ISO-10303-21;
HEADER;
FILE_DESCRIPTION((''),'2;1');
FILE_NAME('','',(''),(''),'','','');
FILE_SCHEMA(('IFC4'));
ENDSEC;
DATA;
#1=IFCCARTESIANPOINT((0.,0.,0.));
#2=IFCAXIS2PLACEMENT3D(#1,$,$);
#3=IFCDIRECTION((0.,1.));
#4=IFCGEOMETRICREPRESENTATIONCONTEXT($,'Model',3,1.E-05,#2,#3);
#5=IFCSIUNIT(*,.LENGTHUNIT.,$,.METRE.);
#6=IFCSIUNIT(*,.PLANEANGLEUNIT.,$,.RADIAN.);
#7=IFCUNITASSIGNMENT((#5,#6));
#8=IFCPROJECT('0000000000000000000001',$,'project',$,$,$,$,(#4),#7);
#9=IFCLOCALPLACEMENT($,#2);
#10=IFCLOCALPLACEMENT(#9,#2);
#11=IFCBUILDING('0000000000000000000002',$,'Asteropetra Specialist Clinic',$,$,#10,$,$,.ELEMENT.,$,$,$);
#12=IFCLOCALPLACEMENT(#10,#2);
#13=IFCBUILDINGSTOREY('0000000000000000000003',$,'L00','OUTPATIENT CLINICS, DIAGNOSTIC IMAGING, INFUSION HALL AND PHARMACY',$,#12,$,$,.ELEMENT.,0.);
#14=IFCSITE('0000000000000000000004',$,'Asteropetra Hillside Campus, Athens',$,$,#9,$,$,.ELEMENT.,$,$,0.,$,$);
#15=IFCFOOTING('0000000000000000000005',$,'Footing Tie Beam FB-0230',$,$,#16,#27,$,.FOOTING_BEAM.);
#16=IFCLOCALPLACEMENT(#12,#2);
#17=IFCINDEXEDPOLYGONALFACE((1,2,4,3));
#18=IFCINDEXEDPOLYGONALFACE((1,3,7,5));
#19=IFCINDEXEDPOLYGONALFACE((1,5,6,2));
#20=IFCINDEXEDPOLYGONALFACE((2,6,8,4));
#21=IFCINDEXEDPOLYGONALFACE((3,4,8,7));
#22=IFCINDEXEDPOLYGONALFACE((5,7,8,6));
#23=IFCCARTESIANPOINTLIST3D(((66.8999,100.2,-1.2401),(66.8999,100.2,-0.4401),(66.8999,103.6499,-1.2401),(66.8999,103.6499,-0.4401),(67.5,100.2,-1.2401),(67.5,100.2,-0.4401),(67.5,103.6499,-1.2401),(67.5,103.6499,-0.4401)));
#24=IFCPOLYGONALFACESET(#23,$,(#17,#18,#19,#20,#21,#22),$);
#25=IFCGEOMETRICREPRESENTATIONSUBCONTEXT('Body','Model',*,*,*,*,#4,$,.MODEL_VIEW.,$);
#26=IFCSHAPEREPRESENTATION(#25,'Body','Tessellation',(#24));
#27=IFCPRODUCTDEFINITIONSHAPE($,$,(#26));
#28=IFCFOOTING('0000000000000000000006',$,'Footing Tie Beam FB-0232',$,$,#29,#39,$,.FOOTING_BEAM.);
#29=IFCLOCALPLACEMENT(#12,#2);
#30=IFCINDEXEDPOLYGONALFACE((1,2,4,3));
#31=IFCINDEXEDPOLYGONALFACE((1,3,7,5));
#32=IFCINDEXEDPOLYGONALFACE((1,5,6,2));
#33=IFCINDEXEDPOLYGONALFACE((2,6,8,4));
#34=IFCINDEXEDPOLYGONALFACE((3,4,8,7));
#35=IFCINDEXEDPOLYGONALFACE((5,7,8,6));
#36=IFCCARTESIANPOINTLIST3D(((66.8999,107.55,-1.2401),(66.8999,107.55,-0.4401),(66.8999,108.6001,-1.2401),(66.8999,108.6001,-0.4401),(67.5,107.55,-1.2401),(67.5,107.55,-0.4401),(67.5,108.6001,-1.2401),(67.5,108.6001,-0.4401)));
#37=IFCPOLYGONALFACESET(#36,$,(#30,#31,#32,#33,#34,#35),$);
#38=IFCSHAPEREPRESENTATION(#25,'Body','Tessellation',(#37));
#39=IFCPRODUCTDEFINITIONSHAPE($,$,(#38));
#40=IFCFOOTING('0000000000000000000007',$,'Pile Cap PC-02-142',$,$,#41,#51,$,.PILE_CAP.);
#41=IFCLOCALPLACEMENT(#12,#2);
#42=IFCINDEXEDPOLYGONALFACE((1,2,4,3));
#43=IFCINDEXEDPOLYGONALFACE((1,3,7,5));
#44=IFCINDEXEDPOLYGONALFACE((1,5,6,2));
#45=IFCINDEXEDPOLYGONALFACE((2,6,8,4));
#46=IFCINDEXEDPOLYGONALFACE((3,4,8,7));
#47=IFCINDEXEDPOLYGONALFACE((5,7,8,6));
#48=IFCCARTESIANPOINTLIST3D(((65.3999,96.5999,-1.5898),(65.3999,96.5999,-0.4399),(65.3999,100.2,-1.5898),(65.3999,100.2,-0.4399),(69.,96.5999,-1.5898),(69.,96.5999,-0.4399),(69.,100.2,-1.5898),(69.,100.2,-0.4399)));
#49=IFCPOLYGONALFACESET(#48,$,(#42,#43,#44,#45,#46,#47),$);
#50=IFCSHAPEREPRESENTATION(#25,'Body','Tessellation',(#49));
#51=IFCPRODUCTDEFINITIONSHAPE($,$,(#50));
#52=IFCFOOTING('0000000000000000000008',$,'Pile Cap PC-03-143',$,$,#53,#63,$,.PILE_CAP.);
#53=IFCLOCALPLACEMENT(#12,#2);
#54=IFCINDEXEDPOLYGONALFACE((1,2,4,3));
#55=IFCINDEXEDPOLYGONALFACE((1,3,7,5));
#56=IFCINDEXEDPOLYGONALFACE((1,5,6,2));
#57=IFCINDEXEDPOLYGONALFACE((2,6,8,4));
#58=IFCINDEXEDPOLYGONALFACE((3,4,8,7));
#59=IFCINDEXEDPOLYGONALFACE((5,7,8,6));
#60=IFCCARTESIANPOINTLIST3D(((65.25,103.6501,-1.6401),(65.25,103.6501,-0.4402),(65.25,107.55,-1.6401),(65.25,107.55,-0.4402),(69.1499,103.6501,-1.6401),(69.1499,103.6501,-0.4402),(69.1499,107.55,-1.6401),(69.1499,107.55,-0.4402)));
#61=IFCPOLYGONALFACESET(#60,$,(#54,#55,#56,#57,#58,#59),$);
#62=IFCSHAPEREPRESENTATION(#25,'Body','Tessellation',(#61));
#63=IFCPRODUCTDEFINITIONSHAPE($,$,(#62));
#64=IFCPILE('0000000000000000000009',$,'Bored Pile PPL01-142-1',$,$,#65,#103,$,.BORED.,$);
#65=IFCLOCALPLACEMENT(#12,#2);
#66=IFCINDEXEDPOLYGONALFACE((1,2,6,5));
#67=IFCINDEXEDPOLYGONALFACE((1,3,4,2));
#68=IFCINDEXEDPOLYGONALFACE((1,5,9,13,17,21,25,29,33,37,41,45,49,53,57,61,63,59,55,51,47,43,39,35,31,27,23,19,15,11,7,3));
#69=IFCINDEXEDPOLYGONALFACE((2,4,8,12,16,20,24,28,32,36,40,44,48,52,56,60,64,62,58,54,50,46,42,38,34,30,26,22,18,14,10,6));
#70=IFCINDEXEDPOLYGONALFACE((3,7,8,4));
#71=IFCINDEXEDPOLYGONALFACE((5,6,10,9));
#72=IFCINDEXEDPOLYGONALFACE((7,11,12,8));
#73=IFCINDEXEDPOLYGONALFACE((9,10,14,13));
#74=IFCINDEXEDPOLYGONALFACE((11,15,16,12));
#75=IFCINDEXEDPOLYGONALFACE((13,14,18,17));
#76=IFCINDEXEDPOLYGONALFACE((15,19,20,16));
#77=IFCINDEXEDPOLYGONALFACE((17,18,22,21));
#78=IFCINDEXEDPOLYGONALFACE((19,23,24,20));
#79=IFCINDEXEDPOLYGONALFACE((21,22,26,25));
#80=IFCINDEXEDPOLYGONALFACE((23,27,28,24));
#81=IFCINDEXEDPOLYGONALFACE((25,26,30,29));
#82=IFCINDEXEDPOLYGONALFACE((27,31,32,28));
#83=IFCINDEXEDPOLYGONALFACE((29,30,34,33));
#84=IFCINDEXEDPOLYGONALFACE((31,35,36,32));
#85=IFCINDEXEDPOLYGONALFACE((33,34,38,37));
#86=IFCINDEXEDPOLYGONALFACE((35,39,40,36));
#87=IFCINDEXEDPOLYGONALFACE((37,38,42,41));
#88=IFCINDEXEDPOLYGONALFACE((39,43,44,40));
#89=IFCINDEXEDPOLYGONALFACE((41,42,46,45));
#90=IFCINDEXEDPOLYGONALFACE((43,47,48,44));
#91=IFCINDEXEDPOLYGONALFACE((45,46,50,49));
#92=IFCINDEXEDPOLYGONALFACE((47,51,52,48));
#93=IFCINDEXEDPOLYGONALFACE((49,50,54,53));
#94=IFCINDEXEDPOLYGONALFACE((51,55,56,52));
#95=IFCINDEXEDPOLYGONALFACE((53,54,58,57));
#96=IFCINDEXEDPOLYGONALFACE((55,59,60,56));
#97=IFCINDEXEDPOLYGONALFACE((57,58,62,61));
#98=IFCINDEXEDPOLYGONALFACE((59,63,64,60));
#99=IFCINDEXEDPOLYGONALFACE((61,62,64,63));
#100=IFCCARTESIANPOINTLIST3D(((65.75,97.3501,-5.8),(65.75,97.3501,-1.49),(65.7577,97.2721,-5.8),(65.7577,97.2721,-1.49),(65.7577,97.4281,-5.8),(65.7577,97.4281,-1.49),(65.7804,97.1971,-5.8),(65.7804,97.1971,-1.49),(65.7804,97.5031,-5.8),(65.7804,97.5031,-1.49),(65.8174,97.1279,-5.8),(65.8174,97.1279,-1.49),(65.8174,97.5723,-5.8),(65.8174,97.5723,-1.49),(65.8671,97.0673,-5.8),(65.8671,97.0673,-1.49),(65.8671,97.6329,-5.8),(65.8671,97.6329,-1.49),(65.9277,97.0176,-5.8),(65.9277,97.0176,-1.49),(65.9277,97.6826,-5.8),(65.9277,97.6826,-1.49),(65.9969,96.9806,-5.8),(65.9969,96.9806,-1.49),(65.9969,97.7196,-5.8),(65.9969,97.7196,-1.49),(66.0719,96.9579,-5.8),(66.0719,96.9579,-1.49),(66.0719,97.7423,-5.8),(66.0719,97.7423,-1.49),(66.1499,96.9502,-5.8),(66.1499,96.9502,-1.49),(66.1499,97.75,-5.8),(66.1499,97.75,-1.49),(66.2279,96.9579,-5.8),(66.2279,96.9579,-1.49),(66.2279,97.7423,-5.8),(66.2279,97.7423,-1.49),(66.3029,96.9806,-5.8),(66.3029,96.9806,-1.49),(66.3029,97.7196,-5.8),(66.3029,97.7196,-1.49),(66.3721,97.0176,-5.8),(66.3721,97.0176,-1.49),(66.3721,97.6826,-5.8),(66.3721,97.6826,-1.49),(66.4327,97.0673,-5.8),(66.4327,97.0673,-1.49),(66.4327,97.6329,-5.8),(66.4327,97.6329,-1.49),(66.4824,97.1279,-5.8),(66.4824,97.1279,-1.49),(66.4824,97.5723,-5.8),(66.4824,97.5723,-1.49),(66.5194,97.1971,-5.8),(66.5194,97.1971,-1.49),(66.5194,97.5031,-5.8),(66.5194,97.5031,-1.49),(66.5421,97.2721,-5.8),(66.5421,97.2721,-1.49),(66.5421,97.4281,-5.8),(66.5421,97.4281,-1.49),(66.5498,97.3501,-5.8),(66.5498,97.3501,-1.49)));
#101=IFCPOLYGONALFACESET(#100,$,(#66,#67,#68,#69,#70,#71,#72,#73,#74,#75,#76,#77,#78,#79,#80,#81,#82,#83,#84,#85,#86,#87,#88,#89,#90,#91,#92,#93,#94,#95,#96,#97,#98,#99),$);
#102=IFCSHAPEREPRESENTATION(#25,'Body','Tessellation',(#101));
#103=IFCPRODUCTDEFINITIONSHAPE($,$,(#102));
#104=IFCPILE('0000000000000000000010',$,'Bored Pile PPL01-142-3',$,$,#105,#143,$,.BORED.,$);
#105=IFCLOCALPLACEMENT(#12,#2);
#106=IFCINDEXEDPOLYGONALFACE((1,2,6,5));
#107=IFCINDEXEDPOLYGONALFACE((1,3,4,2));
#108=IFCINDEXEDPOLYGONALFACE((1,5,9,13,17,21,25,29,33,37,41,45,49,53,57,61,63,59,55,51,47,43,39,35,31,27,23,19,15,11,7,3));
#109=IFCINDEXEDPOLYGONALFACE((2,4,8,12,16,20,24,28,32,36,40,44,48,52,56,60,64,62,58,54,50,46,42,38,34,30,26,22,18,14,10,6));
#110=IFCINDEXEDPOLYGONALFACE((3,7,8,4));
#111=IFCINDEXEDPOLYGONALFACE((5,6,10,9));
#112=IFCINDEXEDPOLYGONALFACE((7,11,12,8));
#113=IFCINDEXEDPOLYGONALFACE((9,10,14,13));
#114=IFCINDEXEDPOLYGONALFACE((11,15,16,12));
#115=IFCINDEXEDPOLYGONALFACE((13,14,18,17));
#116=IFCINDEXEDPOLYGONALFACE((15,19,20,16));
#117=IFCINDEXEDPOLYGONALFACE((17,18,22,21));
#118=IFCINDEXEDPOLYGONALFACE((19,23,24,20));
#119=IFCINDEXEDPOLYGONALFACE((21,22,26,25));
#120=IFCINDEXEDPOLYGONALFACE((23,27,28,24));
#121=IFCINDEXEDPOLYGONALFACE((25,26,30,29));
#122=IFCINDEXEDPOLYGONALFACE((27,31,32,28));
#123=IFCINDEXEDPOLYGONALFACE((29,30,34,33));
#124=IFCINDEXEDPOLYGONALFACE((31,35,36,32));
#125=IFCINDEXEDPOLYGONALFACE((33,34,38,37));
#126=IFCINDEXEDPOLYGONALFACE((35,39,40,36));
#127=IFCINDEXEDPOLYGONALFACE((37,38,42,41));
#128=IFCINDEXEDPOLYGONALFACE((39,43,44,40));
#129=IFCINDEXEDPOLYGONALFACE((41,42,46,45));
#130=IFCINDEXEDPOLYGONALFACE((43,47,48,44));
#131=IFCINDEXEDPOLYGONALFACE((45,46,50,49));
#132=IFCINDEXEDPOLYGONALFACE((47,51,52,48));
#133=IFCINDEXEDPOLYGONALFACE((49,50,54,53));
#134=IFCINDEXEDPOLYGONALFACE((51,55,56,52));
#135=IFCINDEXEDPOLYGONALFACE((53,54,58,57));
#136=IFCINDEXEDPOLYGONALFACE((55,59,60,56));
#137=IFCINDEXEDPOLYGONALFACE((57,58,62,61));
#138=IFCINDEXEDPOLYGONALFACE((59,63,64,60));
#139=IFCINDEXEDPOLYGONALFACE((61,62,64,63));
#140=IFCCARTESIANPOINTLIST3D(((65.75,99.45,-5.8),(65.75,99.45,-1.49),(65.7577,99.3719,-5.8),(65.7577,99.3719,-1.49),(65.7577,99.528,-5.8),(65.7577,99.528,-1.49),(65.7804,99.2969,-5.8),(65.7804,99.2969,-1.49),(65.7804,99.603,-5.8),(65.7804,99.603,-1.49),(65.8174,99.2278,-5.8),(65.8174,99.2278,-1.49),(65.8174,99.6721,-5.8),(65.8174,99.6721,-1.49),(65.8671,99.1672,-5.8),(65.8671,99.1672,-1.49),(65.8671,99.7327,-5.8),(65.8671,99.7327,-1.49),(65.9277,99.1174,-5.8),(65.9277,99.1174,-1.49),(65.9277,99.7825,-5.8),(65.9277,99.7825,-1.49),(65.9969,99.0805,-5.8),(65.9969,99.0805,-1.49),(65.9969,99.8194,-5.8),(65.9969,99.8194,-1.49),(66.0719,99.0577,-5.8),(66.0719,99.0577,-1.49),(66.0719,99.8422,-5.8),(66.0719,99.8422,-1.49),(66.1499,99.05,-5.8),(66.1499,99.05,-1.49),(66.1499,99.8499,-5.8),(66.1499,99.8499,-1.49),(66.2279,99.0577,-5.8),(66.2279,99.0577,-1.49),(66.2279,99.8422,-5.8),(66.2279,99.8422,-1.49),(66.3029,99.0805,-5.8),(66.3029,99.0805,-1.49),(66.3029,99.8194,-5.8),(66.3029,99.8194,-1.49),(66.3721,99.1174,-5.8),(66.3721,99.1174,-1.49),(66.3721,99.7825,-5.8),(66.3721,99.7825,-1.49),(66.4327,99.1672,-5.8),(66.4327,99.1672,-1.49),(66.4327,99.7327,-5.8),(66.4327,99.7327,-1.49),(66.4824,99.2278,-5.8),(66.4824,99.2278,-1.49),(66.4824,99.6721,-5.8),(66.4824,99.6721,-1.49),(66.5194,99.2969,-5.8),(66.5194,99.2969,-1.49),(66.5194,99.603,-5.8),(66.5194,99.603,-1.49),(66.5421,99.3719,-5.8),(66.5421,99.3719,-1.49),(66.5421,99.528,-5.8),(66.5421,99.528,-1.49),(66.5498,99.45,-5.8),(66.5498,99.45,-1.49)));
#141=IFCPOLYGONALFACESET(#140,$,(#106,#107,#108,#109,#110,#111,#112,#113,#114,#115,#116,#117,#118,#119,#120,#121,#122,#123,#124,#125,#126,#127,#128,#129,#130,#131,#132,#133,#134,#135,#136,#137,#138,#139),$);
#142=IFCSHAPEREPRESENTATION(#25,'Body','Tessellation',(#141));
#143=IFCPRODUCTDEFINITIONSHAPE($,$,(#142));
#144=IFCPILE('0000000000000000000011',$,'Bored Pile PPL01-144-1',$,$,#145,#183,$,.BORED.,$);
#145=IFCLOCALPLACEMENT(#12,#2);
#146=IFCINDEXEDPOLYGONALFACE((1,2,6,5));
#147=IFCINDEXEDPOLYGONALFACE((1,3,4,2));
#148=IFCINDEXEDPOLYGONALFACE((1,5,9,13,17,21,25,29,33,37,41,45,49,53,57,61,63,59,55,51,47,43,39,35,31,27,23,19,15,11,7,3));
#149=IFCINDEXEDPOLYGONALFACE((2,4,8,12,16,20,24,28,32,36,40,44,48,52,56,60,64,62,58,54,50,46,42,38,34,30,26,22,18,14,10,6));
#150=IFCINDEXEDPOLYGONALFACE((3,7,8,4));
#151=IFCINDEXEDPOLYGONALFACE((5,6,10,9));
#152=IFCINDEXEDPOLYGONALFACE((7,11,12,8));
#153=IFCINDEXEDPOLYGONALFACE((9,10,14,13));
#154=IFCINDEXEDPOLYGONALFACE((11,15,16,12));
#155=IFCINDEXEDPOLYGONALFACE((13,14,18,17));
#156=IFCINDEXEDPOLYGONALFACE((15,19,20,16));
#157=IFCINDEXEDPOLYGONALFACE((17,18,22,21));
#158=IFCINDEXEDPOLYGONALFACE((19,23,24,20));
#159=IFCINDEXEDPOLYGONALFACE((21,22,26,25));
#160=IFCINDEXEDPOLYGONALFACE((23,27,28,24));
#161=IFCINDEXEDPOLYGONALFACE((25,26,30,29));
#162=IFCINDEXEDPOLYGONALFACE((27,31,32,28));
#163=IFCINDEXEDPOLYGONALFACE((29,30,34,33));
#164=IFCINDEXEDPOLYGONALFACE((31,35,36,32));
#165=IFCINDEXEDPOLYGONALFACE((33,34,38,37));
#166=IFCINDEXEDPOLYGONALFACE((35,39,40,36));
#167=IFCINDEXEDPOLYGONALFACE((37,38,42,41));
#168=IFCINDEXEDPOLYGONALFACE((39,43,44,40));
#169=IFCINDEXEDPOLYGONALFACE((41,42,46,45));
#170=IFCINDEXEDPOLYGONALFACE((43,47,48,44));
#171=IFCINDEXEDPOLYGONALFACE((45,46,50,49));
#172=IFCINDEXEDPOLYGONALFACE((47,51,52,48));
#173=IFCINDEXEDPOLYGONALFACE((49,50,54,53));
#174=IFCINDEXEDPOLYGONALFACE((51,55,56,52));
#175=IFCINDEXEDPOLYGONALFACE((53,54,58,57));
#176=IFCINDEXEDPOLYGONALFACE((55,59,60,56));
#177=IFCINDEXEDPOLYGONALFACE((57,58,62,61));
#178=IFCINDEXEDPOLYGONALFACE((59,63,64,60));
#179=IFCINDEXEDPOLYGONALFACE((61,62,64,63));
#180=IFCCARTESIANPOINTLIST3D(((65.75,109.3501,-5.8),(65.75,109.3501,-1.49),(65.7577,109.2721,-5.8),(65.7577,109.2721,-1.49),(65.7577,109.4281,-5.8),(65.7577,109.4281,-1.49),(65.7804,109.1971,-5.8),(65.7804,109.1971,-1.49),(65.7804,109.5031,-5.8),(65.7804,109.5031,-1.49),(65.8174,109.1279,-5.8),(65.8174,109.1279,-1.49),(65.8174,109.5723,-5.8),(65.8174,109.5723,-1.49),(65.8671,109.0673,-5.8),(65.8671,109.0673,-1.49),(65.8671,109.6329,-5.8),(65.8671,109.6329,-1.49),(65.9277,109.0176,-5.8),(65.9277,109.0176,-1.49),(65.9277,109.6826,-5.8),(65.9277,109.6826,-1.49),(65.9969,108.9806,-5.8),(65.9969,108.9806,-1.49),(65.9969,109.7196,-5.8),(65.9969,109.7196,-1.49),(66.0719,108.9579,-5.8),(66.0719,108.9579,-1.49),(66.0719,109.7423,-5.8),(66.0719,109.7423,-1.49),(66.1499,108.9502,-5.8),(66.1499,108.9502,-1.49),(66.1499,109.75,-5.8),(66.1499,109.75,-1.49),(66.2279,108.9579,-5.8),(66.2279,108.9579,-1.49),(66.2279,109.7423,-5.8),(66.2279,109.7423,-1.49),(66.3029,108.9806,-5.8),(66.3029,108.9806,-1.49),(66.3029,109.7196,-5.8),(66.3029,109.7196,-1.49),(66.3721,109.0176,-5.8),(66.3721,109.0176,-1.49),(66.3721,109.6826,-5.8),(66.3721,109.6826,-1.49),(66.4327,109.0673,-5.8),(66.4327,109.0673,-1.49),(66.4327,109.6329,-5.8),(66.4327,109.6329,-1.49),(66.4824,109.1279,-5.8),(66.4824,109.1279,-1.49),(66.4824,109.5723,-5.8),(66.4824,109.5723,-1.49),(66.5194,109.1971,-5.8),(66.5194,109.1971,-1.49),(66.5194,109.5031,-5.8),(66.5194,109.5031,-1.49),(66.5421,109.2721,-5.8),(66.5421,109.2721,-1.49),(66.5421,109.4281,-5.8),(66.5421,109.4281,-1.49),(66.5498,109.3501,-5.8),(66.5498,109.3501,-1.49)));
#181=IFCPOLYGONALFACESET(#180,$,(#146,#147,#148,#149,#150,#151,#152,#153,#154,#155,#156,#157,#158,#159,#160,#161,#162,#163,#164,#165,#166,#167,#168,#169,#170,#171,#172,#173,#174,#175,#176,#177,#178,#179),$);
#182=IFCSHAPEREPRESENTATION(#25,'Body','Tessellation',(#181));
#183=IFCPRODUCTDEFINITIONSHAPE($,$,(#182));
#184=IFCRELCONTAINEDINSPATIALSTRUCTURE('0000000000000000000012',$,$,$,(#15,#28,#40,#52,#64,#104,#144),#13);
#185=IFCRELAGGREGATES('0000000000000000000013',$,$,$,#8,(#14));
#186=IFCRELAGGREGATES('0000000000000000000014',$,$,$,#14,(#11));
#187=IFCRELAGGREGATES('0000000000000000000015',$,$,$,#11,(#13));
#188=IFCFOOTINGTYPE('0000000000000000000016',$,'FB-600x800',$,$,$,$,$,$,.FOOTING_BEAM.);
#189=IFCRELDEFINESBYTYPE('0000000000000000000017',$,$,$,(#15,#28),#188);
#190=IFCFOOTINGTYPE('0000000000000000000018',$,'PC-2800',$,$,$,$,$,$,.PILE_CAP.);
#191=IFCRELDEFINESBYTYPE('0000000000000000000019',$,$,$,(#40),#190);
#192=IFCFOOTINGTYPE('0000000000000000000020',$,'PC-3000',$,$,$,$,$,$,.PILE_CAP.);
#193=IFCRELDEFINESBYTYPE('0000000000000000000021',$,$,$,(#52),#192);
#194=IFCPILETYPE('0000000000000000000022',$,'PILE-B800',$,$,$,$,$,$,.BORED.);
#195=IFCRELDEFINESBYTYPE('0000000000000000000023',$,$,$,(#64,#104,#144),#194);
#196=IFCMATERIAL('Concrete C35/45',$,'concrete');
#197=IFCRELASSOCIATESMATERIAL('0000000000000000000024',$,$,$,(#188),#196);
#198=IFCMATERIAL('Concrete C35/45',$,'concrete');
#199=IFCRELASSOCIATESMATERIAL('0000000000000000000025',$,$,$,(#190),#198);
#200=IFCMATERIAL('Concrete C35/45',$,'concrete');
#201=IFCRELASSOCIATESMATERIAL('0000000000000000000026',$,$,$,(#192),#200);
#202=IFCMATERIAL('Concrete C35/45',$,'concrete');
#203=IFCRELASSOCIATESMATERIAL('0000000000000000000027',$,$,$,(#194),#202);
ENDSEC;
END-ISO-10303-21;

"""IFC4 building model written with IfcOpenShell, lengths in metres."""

from ifc_helpers import new_model, si_unit, direction, frame, origin, origin_2d, place, context, subcontext, project, spatial, rectangle, circle, extrude, material, material_profile, profile_set, type_object, element, save


model = new_model("IFC4")

# Units and contexts
model_context = context("Model", 3, precision=1e-05, world=origin(), true_north=direction((0.0, 1.0)))
body_context = subcontext(model_context, "Body", "Model", "MODEL_VIEW")
ifc_project = project(units=[si_unit("LENGTHUNIT", "METRE"), si_unit("PLANEANGLEUNIT", "RADIAN")], contexts=[model_context])

# Site, building, storey
site_placement = place(None, origin())
site = spatial("IfcSite", under=ifc_project, at=site_placement, Name="Asteropetra Hillside Campus, Athens", CompositionType="ELEMENT", RefElevation=0.0)
building_placement = place(site_placement, origin())
building = spatial("IfcBuilding", under=site, at=building_placement, Name="Asteropetra Specialist Clinic", CompositionType="ELEMENT")
storey_placement = place(building_placement, origin())
storey = spatial("IfcBuildingStorey", under=building, at=storey_placement, Name="L00", Description="OUTPATIENT CLINICS, DIAGNOSTIC IMAGING, INFUSION HALL AND PHARMACY", CompositionType="ELEMENT", Elevation=0.0)

# Footings
ifc_material_1 = material(Name="Concrete C35/45", Category="concrete")
ifc_material_profile_1 = material_profile(ifc_material_1, rectangle(XDim=0.6001, YDim=0.8, at=origin_2d()), Name="FB 600x800")
ifc_profile_set_1 = profile_set([ifc_material_profile_1], Name="Concrete C35/45")
footing_type_1 = type_object("IfcFootingType", Name="FB-600x800", PredefinedType="FOOTING_BEAM", material=ifc_profile_set_1)
footing_1_placement = place(storey_placement, frame((67.2, 100.2, -0.8401), z_axis=(0.0, 1.0, 0.0), x_axis=(-1.0, 0.0, 0.0)))
element("IfcFooting", 1, at=footing_1_placement, inside=storey, type_object=footing_type_1, Name="Footing Tie Beam FB-0230", PredefinedType="FOOTING_BEAM", context=body_context, shape_type="SweptSolid", body=[
    extrude(rectangle(XDim=0.6001, YDim=0.8, at=origin_2d()), origin(), (0.0, 0.0, 1.0), 3.45),
])
footing_2_placement = place(storey_placement, frame((67.2, 107.55, -0.8401), z_axis=(0.0, 1.0, 0.0), x_axis=(-1.0, 0.0, 0.0)))
element("IfcFooting", 2, at=footing_2_placement, inside=storey, type_object=footing_type_1, Name="Footing Tie Beam FB-0232", PredefinedType="FOOTING_BEAM", context=body_context, shape_type="SweptSolid", body=[
    extrude(rectangle(XDim=0.6001, YDim=0.8, at=origin_2d()), origin(), (0.0, 0.0, 1.0), 1.05),
])
ifc_material_2 = material(Name="Concrete C35/45", Category="concrete")
footing_type_2 = type_object("IfcFootingType", Name="PC-2800", PredefinedType="PILE_CAP", material=ifc_material_2)
footing_3_placement = place(storey_placement, frame((67.2, 98.3999, -1.5898), z_axis=(0.0, 0.0, 1.0), x_axis=(1.0, 0.0, 0.0)))
element("IfcFooting", 3, at=footing_3_placement, inside=storey, type_object=footing_type_2, Name="Pile Cap PC-02-142", PredefinedType="PILE_CAP", context=body_context, shape_type="SweptSolid", body=[
    extrude(rectangle(XDim=3.6001, YDim=3.6001, at=origin_2d()), origin(), (0.0, 0.0, 1.0), 1.1499),
])
ifc_material_3 = material(Name="Concrete C35/45", Category="concrete")
footing_type_3 = type_object("IfcFootingType", Name="PC-3000", PredefinedType="PILE_CAP", material=ifc_material_3)
footing_4_placement = place(storey_placement, frame((67.2, 105.6001, -1.6401), z_axis=(0.0, 0.0, 1.0), x_axis=(1.0, 0.0, 0.0)))
element("IfcFooting", 4, at=footing_4_placement, inside=storey, type_object=footing_type_3, Name="Pile Cap PC-03-143", PredefinedType="PILE_CAP", context=body_context, shape_type="SweptSolid", body=[
    extrude(rectangle(XDim=3.8999, YDim=3.8999, at=origin_2d()), origin(), (0.0, 0.0, 1.0), 1.2),
])

# Piles
ifc_material_4 = material(Name="Concrete C35/45", Category="concrete")
ifc_material_profile_2 = material_profile(ifc_material_4, circle(Radius=0.3999, at=origin_2d()), Name="PILE D800")
ifc_profile_set_2 = profile_set([ifc_material_profile_2], Name="Concrete C35/45")
pile_type_1 = type_object("IfcPileType", Name="PILE-B800", PredefinedType="BORED", material=ifc_profile_set_2)
for number, where, z_axis, x_axis, name in (
    (5, (66.1499, 97.3501, -1.49), (0.0, 0.0, -1.0), (1.0, 0.0, 0.0), "Bored Pile PPL01-142-1"),
    (6, (66.1499, 99.45, -1.49), (0.0, 0.0, -1.0), (1.0, 0.0, 0.0), "Bored Pile PPL01-142-3"),
    (7, (66.1499, 109.3501, -1.49), (0.0, 0.0, -1.0), (1.0, 0.0, 0.0), "Bored Pile PPL01-144-1"),
):
    element("IfcPile", number, at=place(storey_placement, frame(where, z_axis=z_axis, x_axis=x_axis)), inside=storey, type_object=pile_type_1, Name=name, PredefinedType="BORED", context=body_context, shape_type="SweptSolid", body=[
        extrude(circle(Radius=0.3999, at=origin_2d()), origin(), (0.0, 0.0, 1.0), 4.3101),
    ])

save(model, "model.ifc")
